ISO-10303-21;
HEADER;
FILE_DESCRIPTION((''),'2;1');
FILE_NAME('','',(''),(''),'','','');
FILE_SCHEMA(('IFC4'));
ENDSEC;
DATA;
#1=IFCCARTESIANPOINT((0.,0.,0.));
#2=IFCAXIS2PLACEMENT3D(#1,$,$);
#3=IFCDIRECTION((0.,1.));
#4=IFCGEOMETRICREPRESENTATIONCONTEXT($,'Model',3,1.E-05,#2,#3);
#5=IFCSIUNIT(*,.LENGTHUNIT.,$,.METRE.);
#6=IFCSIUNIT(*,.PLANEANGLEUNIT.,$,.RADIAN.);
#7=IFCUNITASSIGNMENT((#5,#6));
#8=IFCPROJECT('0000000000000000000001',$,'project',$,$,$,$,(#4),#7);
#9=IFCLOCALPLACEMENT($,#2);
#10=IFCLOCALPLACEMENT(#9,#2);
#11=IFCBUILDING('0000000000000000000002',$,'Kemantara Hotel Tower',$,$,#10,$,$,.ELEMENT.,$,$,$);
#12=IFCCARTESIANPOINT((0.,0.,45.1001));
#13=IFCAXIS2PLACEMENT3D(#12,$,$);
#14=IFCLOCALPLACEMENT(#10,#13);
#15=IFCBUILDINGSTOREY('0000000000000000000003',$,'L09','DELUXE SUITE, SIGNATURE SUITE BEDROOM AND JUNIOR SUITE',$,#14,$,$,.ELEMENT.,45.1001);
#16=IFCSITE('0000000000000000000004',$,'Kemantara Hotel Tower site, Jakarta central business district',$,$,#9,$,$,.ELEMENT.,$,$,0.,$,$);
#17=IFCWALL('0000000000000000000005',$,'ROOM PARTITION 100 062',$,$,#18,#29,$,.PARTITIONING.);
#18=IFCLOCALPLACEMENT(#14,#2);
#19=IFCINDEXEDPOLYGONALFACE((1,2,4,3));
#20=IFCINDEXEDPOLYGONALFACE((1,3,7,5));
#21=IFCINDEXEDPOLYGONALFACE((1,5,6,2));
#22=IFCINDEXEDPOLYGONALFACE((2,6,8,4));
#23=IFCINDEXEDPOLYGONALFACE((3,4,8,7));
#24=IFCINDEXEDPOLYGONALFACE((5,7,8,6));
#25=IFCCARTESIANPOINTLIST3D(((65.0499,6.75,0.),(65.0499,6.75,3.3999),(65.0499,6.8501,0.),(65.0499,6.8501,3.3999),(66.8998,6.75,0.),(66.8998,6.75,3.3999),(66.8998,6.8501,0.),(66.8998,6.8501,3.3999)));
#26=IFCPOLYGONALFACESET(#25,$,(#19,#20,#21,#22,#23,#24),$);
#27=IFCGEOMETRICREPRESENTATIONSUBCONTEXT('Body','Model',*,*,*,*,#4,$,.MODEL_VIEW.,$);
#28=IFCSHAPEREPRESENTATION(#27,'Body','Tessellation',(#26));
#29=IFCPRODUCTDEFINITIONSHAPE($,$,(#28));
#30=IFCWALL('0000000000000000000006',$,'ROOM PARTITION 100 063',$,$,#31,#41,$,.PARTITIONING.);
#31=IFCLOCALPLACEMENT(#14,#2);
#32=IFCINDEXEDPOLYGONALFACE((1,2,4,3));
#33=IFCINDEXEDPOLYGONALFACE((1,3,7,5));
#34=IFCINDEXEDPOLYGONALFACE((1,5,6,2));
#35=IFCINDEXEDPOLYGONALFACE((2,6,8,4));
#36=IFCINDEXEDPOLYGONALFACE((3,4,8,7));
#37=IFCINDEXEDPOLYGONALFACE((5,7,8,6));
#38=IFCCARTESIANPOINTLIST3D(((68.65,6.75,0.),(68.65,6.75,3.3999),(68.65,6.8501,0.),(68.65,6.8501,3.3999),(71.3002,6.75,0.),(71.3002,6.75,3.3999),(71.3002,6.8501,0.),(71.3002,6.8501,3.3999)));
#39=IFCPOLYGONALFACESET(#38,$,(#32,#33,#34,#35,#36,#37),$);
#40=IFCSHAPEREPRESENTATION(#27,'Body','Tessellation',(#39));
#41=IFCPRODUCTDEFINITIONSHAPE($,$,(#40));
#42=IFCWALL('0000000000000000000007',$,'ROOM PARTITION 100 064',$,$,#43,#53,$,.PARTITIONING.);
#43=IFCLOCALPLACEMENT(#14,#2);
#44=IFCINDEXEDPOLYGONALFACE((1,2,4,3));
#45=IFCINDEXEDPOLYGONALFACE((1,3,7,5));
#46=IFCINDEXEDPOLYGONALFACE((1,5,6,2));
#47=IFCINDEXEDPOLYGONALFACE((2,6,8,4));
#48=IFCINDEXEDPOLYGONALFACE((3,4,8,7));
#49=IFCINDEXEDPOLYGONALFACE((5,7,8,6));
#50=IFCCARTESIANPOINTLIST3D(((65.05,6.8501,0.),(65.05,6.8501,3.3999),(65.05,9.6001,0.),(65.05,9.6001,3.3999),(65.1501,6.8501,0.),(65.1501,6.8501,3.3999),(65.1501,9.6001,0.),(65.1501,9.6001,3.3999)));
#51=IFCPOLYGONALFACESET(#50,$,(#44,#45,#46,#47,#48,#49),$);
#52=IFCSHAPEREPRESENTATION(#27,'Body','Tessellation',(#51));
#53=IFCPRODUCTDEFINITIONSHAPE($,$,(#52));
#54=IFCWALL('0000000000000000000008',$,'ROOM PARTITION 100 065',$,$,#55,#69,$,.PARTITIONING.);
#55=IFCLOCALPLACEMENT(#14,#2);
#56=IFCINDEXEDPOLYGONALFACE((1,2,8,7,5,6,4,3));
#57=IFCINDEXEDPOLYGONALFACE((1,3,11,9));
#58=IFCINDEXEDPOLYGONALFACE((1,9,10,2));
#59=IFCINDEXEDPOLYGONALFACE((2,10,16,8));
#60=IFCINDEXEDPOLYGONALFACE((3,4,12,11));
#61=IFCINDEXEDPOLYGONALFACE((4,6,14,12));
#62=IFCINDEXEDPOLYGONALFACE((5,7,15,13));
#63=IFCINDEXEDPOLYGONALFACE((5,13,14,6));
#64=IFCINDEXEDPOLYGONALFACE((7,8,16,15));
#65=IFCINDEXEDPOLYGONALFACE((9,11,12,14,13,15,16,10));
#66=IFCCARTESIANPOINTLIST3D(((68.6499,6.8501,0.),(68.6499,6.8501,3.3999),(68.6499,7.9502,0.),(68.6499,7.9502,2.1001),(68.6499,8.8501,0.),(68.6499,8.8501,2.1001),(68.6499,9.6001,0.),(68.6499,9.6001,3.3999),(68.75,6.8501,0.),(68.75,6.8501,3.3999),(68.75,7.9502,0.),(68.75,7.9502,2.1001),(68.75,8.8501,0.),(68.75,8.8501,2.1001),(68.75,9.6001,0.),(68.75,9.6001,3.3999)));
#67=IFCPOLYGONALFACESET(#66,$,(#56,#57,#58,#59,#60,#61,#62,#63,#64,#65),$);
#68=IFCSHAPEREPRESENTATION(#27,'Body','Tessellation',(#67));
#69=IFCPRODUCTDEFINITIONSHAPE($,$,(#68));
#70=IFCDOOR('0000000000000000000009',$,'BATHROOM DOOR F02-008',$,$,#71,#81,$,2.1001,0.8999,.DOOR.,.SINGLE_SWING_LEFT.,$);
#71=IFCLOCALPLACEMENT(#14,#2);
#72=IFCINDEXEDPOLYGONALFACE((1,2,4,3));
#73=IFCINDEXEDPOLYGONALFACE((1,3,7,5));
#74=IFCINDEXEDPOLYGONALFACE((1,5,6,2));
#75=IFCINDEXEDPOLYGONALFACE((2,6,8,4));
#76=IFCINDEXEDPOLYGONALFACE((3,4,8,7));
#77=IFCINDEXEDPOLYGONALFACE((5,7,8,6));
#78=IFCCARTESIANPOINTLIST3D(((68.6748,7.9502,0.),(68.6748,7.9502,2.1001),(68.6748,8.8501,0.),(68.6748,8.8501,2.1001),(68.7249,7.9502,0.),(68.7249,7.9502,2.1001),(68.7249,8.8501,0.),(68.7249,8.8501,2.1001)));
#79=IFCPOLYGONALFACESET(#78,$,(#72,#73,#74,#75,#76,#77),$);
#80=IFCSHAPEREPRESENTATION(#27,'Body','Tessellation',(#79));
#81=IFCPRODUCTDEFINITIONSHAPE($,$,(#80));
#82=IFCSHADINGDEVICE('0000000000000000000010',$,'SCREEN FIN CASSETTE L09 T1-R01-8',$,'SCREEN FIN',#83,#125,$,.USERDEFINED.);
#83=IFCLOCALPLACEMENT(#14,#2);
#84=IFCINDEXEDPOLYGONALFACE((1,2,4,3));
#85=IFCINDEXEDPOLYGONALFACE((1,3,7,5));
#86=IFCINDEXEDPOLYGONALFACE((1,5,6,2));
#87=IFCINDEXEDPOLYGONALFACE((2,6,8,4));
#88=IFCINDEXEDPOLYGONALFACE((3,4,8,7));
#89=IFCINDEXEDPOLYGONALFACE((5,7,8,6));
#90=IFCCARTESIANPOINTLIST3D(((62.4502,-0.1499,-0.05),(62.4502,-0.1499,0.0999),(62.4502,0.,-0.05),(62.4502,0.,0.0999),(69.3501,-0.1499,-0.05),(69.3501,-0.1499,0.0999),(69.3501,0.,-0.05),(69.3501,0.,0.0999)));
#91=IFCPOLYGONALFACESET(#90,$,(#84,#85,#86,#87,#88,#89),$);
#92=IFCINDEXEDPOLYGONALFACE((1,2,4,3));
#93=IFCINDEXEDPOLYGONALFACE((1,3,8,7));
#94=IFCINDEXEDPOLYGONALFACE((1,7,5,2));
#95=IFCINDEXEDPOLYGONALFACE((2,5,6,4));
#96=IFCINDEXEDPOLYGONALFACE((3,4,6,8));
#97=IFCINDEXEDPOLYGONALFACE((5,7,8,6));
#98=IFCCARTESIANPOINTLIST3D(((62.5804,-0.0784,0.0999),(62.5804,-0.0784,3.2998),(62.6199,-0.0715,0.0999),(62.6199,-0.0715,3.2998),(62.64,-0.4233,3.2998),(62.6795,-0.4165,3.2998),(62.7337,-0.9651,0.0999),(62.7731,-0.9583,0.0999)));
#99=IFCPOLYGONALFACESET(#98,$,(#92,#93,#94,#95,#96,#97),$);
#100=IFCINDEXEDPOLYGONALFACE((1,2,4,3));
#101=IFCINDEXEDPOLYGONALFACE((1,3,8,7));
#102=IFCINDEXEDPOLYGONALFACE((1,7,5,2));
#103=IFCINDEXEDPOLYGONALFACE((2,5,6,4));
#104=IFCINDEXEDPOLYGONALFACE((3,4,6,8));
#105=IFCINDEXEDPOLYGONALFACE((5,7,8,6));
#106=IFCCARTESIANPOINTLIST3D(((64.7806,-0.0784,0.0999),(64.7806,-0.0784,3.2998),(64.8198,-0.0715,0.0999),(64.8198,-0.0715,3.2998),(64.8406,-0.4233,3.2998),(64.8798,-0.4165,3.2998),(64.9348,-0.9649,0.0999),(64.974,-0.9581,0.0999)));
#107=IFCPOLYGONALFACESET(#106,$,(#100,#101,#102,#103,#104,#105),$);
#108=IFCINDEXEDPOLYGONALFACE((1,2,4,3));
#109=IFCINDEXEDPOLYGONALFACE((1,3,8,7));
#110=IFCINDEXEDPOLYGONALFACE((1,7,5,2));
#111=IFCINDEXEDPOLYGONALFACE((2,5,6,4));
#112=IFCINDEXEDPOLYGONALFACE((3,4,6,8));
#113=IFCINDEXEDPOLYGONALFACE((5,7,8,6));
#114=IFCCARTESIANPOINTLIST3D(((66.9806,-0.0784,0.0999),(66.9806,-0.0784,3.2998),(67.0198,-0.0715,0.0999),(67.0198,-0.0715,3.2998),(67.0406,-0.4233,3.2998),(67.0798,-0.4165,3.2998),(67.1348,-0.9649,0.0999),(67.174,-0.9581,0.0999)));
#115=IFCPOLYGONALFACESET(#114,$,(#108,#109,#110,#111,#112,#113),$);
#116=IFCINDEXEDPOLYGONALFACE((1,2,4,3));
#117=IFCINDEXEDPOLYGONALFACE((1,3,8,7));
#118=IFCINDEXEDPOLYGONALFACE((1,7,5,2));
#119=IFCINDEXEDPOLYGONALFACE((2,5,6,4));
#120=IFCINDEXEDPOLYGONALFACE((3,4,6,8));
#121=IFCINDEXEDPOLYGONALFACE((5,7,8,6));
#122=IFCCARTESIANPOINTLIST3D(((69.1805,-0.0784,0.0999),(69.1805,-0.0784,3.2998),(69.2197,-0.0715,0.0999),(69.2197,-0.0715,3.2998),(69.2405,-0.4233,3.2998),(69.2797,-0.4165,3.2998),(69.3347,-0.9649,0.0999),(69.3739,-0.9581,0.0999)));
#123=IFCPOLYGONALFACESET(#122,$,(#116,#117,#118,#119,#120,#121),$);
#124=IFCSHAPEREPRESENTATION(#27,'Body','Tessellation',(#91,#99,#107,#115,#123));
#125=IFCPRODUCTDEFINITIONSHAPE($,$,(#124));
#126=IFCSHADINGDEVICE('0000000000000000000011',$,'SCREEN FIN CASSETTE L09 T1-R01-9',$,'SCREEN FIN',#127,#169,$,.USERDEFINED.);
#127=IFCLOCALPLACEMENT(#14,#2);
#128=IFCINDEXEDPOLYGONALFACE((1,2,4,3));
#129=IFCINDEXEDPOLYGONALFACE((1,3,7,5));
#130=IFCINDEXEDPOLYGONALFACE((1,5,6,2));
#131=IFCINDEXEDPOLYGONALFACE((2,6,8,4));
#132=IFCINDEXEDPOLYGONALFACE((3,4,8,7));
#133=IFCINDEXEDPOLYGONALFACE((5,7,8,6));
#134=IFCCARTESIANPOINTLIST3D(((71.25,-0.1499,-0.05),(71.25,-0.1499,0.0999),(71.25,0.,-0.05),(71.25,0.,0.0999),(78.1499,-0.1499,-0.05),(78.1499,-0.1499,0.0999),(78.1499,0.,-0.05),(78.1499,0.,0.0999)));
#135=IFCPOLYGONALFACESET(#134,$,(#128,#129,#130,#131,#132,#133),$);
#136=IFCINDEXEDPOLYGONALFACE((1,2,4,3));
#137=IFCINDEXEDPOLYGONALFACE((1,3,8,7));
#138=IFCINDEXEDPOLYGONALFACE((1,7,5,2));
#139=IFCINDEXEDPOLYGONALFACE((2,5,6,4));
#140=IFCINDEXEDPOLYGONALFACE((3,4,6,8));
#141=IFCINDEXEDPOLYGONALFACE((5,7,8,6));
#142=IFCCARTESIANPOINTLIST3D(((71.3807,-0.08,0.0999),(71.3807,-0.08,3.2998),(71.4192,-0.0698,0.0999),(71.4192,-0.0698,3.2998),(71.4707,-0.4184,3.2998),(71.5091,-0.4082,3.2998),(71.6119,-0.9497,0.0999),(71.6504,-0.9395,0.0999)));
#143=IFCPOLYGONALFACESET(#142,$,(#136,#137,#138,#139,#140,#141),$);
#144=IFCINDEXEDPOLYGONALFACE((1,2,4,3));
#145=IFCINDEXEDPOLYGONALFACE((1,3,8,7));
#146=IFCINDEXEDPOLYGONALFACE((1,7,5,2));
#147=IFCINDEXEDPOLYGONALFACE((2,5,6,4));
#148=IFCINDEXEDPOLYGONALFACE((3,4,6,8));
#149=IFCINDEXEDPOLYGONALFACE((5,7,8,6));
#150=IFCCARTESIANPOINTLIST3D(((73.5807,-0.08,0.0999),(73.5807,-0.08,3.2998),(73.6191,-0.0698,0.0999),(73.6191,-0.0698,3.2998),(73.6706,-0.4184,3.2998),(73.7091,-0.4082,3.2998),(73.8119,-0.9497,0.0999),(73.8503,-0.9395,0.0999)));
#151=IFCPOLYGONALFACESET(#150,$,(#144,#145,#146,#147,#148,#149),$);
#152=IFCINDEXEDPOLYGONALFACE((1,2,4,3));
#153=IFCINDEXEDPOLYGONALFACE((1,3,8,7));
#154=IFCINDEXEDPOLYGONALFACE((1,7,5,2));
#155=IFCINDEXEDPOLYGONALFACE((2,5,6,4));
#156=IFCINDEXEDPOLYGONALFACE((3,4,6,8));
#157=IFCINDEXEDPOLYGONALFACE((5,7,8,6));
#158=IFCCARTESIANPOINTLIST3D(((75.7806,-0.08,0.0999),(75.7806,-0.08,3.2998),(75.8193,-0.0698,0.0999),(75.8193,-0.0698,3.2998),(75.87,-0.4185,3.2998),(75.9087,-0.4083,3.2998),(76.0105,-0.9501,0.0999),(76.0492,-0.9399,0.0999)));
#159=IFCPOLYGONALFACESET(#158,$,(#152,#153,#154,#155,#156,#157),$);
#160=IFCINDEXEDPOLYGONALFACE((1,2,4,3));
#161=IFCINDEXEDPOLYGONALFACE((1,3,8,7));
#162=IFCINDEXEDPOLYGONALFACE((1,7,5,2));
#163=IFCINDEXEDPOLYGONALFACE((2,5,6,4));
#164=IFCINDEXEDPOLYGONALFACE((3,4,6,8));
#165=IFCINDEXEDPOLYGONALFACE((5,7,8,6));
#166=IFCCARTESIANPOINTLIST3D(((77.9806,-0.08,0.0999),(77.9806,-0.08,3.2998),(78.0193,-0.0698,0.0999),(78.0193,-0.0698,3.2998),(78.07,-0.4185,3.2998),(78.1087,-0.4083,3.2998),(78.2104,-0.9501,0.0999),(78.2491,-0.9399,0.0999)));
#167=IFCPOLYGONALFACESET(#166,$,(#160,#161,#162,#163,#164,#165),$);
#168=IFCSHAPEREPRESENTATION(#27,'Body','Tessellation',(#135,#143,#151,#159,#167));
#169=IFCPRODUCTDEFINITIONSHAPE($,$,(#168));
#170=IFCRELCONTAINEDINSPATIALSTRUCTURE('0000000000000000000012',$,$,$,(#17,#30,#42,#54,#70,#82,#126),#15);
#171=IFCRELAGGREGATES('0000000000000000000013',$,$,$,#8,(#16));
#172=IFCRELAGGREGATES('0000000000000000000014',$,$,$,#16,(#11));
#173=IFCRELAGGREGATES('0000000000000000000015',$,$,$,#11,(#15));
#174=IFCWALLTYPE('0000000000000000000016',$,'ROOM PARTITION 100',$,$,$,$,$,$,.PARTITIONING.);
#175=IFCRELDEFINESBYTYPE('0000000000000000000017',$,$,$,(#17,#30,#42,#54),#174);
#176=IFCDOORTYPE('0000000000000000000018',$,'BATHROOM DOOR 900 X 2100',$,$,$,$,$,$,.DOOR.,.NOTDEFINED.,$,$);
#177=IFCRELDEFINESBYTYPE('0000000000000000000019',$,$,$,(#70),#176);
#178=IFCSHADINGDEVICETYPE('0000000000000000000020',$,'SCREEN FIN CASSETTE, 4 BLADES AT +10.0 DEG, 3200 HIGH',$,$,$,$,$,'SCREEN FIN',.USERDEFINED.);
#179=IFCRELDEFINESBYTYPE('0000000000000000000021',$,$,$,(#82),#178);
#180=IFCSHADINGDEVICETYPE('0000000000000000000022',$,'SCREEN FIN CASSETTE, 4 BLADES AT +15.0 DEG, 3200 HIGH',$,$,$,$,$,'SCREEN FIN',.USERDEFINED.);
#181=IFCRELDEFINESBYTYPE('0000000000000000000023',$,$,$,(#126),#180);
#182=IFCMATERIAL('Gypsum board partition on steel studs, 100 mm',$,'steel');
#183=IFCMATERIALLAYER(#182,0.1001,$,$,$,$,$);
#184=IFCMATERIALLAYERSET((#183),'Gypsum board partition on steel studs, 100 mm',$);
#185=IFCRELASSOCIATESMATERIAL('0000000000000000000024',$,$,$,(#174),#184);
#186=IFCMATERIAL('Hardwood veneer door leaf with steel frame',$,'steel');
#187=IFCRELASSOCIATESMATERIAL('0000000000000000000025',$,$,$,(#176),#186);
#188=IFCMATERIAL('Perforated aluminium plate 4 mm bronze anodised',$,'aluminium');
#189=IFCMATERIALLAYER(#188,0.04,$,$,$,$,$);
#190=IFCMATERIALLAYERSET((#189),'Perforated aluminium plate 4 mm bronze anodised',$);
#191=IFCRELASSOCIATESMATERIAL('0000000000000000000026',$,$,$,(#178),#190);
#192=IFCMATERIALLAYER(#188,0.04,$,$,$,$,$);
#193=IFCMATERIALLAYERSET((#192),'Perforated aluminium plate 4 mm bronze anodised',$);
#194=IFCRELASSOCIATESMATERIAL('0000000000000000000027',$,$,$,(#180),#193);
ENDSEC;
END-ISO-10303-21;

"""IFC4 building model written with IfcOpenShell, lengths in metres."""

from ifc_helpers import new_model, si_unit, direction, frame, frame_2d, origin, origin_2d, place, context, subcontext, project, spatial, polyline, rectangle, outline, extrude, source, transform, mapped, material, layer, layer_set, type_object, element, fill, save


model = new_model("IFC4")

# Units and contexts
model_context = context("Model", 3, precision=1e-05, world=origin(), true_north=direction((0.0, 1.0)))
body_context = subcontext(model_context, "Body", "Model", "MODEL_VIEW")
ifc_project = project(units=[si_unit("LENGTHUNIT", "METRE"), si_unit("PLANEANGLEUNIT", "RADIAN")], contexts=[model_context])

# Site, building, storey
site_placement = place(None, origin())
site = spatial("IfcSite", under=ifc_project, at=site_placement, Name="Kemantara Hotel Tower site, Jakarta central business district", CompositionType="ELEMENT", RefElevation=0.0)
building_placement = place(site_placement, origin())
building = spatial("IfcBuilding", under=site, at=building_placement, Name="Kemantara Hotel Tower", CompositionType="ELEMENT")
storey_placement = place(building_placement, frame((0.0, 0.0, 45.1001)))
storey = spatial("IfcBuildingStorey", under=building, at=storey_placement, Name="L09", Description="DELUXE SUITE, SIGNATURE SUITE BEDROOM AND JUNIOR SUITE", CompositionType="ELEMENT", Elevation=45.1001)

# Shared definitions
ifc_material_1 = material(Name="Hardwood veneer door leaf with steel frame", Category="steel")

# Walls
ifc_material_2 = material(Name="Gypsum board partition on steel studs, 100 mm", Category="steel")
ifc_layer_1 = layer(ifc_material_2, 0.1001)
ifc_layer_set_1 = layer_set([ifc_layer_1], Name="Gypsum board partition on steel studs, 100 mm")
wall_type_1 = type_object("IfcWallType", Name="ROOM PARTITION 100", PredefinedType="PARTITIONING", material=ifc_layer_set_1)
wall_1_placement = place(storey_placement, frame((65.05, 6.8, 0.0), z_axis=(0.0, 0.0, 1.0), x_axis=(1.0, 0.0, 0.0)))
element("IfcWall", 1, at=wall_1_placement, inside=storey, type_object=wall_type_1, Name="ROOM PARTITION 100 062", PredefinedType="PARTITIONING", context=body_context, shape_type="SweptSolid", body=[
    extrude(rectangle(XDim=1.8499, YDim=0.1001, at=frame_2d((0.9248, 0.0))), origin(), (0.0, 0.0, 1.0), 3.3999),
])
wall_2_placement = place(storey_placement, frame((68.6499, 6.8, 0.0), z_axis=(0.0, 0.0, 1.0), x_axis=(1.0, 0.0, 0.0)))
element("IfcWall", 2, at=wall_2_placement, inside=storey, type_object=wall_type_1, Name="ROOM PARTITION 100 063", PredefinedType="PARTITIONING", context=body_context, shape_type="SweptSolid", body=[
    extrude(rectangle(XDim=2.6501, YDim=0.1001, at=frame_2d((1.3252, 0.0))), origin(), (0.0, 0.0, 1.0), 3.3999),
])
wall_3_placement = place(storey_placement, frame((65.1001, 6.8501, 0.0), z_axis=(0.0, 0.0, 1.0), x_axis=(0.0, 1.0, 0.0)))
element("IfcWall", 3, at=wall_3_placement, inside=storey, type_object=wall_type_1, Name="ROOM PARTITION 100 064", PredefinedType="PARTITIONING", context=body_context, shape_type="SweptSolid", body=[
    extrude(rectangle(XDim=2.75, YDim=0.1001, at=frame_2d((1.375, 0.0))), origin(), (0.0, 0.0, 1.0), 3.3999),
])

# Wall, opening, door
wall_4_placement = place(storey_placement, frame((68.7, 9.6001, 0.0), z_axis=(0.0, 0.0, 1.0), x_axis=(0.0, -1.0, 0.0)))
wall_4 = element("IfcWall", 4, at=wall_4_placement, inside=storey, type_object=wall_type_1, Name="ROOM PARTITION 100 065", PredefinedType="PARTITIONING", context=body_context, shape_type="SweptSolid", body=[
    extrude(rectangle(XDim=2.75, YDim=0.1001, at=frame_2d((1.375, 0.0))), origin(), (0.0, 0.0, 1.0), 3.3999),
])
opening_1_placement = place(wall_4_placement, frame((0.75, 0.0, 0.0)))
opening_1 = element("IfcOpeningElement", 5, at=opening_1_placement, cuts=wall_4, PredefinedType="OPENING", context=body_context, shape_type="SweptSolid", body=[
    extrude(rectangle(XDim=0.8999, YDim=2.1001, at=frame_2d((0.45, 1.05))), frame((0.0, 0.0601, 0.0), z_axis=(0.0, -1.0, 0.0), x_axis=(1.0, 0.0, 0.0)), (0.0, 0.0, 1.0), 0.1201),
])
door_type_1 = type_object("IfcDoorType", Name="BATHROOM DOOR 900 X 2100", OperationType="NOTDEFINED", PredefinedType="DOOR", material=ifc_material_1)
door_1_placement = place(opening_1_placement, origin())
door_1 = element("IfcDoor", 6, at=door_1_placement, inside=storey, type_object=door_type_1, Name="BATHROOM DOOR F02-008", OperationType="SINGLE_SWING_LEFT", OverallHeight=2.1001, OverallWidth=0.8999, PredefinedType="DOOR", context=body_context, shape_type="SweptSolid", body=[
    extrude(rectangle(XDim=0.8999, YDim=2.1001, at=frame_2d((0.45, 1.05))), frame((0.0, 0.0249, 0.0), z_axis=(0.0, -1.0, 0.0), x_axis=(1.0, 0.0, 0.0)), (0.0, 0.0, 1.0), 0.05),
])
fill(opening_1, door_1)

# Shading devices
ifc_material_3 = material(Name="Perforated aluminium plate 4 mm bronze anodised", Category="aluminium")
ifc_layer_2 = layer(ifc_material_3, 0.04)
ifc_layer_set_2 = layer_set([ifc_layer_2], Name="Perforated aluminium plate 4 mm bronze anodised")
shading_device_type_1 = type_object("IfcShadingDeviceType", Name="SCREEN FIN CASSETTE, 4 BLADES AT +10.0 DEG, 3200 HIGH", ElementType="SCREEN FIN", PredefinedType="USERDEFINED", material=ifc_layer_set_2)
shared_shape_1 = source(origin(), body_context, "Body", "SweptSolid", [
    extrude(rectangle(XDim=6.8999, YDim=0.1499, at=origin_2d()), frame((3.3, -0.075, -0.1499), z_axis=(0.0, 0.0, 1.0), x_axis=(1.0, 0.0, 0.0)), (0.0, 0.0, 1.0), 0.1499),
    extrude(outline(polyline([(0.0, 0.0), (0.8999, 0.0), (0.3501, 3.2), (0.0, 3.2), (0.0, 0.0)])), frame((0.0198, -0.0715, 0.0), z_axis=(-0.98539, -0.170314, 0.0), x_axis=(0.170314, -0.98539, 0.0)), (0.0, 0.0, 1.0), 0.04),
    extrude(outline(polyline([(0.0, 0.0), (0.8999, 0.0), (0.3501, 3.2), (0.0, 3.2), (0.0, 0.0)])), frame((2.2197, -0.0715, 0.0), z_axis=(-0.985212, -0.171341, 0.0), x_axis=(0.171341, -0.985212, 0.0)), (0.0, 0.0, 1.0), 0.0398),
    extrude(outline(polyline([(0.0, 0.0), (0.8999, 0.0), (0.3501, 3.2), (0.0, 3.2), (0.0, 0.0)])), frame((4.4197, -0.0715, 0.0), z_axis=(-0.985212, -0.171341, 0.0), x_axis=(0.171341, -0.985212, 0.0)), (0.0, 0.0, 1.0), 0.0398),
    extrude(outline(polyline([(0.0, 0.0), (0.8999, 0.0), (0.3501, 3.2), (0.0, 3.2), (0.0, 0.0)])), frame((6.6196, -0.0715, 0.0), z_axis=(-0.985212, -0.171341, 0.0), x_axis=(0.171341, -0.985212, 0.0)), (0.0, 0.0, 1.0), 0.0398),
])
shading_device_1_placement = place(storey_placement, frame((62.6001, 0.0, 0.0999), z_axis=(0.0, 0.0, 1.0), x_axis=(1.0, 0.0, 0.0)))
element("IfcShadingDevice", 7, at=shading_device_1_placement, inside=storey, type_object=shading_device_type_1, Name="SCREEN FIN CASSETTE L09 T1-R01-8", ObjectType="SCREEN FIN", PredefinedType="USERDEFINED", context=body_context, shape_type="MappedRepresentation", body=[
    mapped(shared_shape_1, transform((0.0, 0.0, 0.0))),
])
ifc_layer_3 = layer(ifc_material_3, 0.04)
ifc_layer_set_3 = layer_set([ifc_layer_3], Name="Perforated aluminium plate 4 mm bronze anodised")
shading_device_type_2 = type_object("IfcShadingDeviceType", Name="SCREEN FIN CASSETTE, 4 BLADES AT +15.0 DEG, 3200 HIGH", ElementType="SCREEN FIN", PredefinedType="USERDEFINED", material=ifc_layer_set_3)
shared_shape_2 = source(origin(), body_context, "Body", "SweptSolid", [
    extrude(rectangle(XDim=6.8999, YDim=0.1499, at=origin_2d()), frame((3.3, -0.075, -0.1499), z_axis=(0.0, 0.0, 1.0), x_axis=(1.0, 0.0, 0.0)), (0.0, 0.0, 1.0), 0.1499),
    extrude(outline(polyline([(0.0, 0.0), (0.8999, 0.0), (0.3501, 3.2), (0.0, 3.2), (0.0, 0.0)])), frame((0.0193, -0.0698, 0.0), z_axis=(-0.966438, -0.256901, 0.0), x_axis=(0.256901, -0.966438, 0.0)), (0.0, 0.0, 1.0), 0.0398),
    extrude(outline(polyline([(0.0, 0.0), (0.8999, 0.0), (0.3501, 3.2), (0.0, 3.2), (0.0, 0.0)])), frame((2.2192, -0.0698, 0.0), z_axis=(-0.966438, -0.256901, 0.0), x_axis=(0.256901, -0.966438, 0.0)), (0.0, 0.0, 1.0), 0.0398),
    extrude(outline(polyline([(0.0, 0.0), (0.8999, 0.0), (0.3501, 3.2), (0.0, 3.2), (0.0, 0.0)])), frame((4.4194, -0.0698, 0.0), z_axis=(-0.966838, -0.255391, 0.0), x_axis=(0.255391, -0.966838, 0.0)), (0.0, 0.0, 1.0), 0.04),
    extrude(outline(polyline([(0.0, 0.0), (0.8999, 0.0), (0.3501, 3.2), (0.0, 3.2), (0.0, 0.0)])), frame((6.6194, -0.0698, 0.0), z_axis=(-0.966838, -0.255391, 0.0), x_axis=(0.255391, -0.966838, 0.0)), (0.0, 0.0, 1.0), 0.04),
])
shading_device_2_placement = place(storey_placement, frame((71.3999, 0.0, 0.0999), z_axis=(0.0, 0.0, 1.0), x_axis=(1.0, 0.0, 0.0)))
element("IfcShadingDevice", 8, at=shading_device_2_placement, inside=storey, type_object=shading_device_type_2, Name="SCREEN FIN CASSETTE L09 T1-R01-9", ObjectType="SCREEN FIN", PredefinedType="USERDEFINED", context=body_context, shape_type="MappedRepresentation", body=[
    mapped(shared_shape_2, transform((0.0, 0.0, 0.0))),
])

save(model, "model.ifc")
